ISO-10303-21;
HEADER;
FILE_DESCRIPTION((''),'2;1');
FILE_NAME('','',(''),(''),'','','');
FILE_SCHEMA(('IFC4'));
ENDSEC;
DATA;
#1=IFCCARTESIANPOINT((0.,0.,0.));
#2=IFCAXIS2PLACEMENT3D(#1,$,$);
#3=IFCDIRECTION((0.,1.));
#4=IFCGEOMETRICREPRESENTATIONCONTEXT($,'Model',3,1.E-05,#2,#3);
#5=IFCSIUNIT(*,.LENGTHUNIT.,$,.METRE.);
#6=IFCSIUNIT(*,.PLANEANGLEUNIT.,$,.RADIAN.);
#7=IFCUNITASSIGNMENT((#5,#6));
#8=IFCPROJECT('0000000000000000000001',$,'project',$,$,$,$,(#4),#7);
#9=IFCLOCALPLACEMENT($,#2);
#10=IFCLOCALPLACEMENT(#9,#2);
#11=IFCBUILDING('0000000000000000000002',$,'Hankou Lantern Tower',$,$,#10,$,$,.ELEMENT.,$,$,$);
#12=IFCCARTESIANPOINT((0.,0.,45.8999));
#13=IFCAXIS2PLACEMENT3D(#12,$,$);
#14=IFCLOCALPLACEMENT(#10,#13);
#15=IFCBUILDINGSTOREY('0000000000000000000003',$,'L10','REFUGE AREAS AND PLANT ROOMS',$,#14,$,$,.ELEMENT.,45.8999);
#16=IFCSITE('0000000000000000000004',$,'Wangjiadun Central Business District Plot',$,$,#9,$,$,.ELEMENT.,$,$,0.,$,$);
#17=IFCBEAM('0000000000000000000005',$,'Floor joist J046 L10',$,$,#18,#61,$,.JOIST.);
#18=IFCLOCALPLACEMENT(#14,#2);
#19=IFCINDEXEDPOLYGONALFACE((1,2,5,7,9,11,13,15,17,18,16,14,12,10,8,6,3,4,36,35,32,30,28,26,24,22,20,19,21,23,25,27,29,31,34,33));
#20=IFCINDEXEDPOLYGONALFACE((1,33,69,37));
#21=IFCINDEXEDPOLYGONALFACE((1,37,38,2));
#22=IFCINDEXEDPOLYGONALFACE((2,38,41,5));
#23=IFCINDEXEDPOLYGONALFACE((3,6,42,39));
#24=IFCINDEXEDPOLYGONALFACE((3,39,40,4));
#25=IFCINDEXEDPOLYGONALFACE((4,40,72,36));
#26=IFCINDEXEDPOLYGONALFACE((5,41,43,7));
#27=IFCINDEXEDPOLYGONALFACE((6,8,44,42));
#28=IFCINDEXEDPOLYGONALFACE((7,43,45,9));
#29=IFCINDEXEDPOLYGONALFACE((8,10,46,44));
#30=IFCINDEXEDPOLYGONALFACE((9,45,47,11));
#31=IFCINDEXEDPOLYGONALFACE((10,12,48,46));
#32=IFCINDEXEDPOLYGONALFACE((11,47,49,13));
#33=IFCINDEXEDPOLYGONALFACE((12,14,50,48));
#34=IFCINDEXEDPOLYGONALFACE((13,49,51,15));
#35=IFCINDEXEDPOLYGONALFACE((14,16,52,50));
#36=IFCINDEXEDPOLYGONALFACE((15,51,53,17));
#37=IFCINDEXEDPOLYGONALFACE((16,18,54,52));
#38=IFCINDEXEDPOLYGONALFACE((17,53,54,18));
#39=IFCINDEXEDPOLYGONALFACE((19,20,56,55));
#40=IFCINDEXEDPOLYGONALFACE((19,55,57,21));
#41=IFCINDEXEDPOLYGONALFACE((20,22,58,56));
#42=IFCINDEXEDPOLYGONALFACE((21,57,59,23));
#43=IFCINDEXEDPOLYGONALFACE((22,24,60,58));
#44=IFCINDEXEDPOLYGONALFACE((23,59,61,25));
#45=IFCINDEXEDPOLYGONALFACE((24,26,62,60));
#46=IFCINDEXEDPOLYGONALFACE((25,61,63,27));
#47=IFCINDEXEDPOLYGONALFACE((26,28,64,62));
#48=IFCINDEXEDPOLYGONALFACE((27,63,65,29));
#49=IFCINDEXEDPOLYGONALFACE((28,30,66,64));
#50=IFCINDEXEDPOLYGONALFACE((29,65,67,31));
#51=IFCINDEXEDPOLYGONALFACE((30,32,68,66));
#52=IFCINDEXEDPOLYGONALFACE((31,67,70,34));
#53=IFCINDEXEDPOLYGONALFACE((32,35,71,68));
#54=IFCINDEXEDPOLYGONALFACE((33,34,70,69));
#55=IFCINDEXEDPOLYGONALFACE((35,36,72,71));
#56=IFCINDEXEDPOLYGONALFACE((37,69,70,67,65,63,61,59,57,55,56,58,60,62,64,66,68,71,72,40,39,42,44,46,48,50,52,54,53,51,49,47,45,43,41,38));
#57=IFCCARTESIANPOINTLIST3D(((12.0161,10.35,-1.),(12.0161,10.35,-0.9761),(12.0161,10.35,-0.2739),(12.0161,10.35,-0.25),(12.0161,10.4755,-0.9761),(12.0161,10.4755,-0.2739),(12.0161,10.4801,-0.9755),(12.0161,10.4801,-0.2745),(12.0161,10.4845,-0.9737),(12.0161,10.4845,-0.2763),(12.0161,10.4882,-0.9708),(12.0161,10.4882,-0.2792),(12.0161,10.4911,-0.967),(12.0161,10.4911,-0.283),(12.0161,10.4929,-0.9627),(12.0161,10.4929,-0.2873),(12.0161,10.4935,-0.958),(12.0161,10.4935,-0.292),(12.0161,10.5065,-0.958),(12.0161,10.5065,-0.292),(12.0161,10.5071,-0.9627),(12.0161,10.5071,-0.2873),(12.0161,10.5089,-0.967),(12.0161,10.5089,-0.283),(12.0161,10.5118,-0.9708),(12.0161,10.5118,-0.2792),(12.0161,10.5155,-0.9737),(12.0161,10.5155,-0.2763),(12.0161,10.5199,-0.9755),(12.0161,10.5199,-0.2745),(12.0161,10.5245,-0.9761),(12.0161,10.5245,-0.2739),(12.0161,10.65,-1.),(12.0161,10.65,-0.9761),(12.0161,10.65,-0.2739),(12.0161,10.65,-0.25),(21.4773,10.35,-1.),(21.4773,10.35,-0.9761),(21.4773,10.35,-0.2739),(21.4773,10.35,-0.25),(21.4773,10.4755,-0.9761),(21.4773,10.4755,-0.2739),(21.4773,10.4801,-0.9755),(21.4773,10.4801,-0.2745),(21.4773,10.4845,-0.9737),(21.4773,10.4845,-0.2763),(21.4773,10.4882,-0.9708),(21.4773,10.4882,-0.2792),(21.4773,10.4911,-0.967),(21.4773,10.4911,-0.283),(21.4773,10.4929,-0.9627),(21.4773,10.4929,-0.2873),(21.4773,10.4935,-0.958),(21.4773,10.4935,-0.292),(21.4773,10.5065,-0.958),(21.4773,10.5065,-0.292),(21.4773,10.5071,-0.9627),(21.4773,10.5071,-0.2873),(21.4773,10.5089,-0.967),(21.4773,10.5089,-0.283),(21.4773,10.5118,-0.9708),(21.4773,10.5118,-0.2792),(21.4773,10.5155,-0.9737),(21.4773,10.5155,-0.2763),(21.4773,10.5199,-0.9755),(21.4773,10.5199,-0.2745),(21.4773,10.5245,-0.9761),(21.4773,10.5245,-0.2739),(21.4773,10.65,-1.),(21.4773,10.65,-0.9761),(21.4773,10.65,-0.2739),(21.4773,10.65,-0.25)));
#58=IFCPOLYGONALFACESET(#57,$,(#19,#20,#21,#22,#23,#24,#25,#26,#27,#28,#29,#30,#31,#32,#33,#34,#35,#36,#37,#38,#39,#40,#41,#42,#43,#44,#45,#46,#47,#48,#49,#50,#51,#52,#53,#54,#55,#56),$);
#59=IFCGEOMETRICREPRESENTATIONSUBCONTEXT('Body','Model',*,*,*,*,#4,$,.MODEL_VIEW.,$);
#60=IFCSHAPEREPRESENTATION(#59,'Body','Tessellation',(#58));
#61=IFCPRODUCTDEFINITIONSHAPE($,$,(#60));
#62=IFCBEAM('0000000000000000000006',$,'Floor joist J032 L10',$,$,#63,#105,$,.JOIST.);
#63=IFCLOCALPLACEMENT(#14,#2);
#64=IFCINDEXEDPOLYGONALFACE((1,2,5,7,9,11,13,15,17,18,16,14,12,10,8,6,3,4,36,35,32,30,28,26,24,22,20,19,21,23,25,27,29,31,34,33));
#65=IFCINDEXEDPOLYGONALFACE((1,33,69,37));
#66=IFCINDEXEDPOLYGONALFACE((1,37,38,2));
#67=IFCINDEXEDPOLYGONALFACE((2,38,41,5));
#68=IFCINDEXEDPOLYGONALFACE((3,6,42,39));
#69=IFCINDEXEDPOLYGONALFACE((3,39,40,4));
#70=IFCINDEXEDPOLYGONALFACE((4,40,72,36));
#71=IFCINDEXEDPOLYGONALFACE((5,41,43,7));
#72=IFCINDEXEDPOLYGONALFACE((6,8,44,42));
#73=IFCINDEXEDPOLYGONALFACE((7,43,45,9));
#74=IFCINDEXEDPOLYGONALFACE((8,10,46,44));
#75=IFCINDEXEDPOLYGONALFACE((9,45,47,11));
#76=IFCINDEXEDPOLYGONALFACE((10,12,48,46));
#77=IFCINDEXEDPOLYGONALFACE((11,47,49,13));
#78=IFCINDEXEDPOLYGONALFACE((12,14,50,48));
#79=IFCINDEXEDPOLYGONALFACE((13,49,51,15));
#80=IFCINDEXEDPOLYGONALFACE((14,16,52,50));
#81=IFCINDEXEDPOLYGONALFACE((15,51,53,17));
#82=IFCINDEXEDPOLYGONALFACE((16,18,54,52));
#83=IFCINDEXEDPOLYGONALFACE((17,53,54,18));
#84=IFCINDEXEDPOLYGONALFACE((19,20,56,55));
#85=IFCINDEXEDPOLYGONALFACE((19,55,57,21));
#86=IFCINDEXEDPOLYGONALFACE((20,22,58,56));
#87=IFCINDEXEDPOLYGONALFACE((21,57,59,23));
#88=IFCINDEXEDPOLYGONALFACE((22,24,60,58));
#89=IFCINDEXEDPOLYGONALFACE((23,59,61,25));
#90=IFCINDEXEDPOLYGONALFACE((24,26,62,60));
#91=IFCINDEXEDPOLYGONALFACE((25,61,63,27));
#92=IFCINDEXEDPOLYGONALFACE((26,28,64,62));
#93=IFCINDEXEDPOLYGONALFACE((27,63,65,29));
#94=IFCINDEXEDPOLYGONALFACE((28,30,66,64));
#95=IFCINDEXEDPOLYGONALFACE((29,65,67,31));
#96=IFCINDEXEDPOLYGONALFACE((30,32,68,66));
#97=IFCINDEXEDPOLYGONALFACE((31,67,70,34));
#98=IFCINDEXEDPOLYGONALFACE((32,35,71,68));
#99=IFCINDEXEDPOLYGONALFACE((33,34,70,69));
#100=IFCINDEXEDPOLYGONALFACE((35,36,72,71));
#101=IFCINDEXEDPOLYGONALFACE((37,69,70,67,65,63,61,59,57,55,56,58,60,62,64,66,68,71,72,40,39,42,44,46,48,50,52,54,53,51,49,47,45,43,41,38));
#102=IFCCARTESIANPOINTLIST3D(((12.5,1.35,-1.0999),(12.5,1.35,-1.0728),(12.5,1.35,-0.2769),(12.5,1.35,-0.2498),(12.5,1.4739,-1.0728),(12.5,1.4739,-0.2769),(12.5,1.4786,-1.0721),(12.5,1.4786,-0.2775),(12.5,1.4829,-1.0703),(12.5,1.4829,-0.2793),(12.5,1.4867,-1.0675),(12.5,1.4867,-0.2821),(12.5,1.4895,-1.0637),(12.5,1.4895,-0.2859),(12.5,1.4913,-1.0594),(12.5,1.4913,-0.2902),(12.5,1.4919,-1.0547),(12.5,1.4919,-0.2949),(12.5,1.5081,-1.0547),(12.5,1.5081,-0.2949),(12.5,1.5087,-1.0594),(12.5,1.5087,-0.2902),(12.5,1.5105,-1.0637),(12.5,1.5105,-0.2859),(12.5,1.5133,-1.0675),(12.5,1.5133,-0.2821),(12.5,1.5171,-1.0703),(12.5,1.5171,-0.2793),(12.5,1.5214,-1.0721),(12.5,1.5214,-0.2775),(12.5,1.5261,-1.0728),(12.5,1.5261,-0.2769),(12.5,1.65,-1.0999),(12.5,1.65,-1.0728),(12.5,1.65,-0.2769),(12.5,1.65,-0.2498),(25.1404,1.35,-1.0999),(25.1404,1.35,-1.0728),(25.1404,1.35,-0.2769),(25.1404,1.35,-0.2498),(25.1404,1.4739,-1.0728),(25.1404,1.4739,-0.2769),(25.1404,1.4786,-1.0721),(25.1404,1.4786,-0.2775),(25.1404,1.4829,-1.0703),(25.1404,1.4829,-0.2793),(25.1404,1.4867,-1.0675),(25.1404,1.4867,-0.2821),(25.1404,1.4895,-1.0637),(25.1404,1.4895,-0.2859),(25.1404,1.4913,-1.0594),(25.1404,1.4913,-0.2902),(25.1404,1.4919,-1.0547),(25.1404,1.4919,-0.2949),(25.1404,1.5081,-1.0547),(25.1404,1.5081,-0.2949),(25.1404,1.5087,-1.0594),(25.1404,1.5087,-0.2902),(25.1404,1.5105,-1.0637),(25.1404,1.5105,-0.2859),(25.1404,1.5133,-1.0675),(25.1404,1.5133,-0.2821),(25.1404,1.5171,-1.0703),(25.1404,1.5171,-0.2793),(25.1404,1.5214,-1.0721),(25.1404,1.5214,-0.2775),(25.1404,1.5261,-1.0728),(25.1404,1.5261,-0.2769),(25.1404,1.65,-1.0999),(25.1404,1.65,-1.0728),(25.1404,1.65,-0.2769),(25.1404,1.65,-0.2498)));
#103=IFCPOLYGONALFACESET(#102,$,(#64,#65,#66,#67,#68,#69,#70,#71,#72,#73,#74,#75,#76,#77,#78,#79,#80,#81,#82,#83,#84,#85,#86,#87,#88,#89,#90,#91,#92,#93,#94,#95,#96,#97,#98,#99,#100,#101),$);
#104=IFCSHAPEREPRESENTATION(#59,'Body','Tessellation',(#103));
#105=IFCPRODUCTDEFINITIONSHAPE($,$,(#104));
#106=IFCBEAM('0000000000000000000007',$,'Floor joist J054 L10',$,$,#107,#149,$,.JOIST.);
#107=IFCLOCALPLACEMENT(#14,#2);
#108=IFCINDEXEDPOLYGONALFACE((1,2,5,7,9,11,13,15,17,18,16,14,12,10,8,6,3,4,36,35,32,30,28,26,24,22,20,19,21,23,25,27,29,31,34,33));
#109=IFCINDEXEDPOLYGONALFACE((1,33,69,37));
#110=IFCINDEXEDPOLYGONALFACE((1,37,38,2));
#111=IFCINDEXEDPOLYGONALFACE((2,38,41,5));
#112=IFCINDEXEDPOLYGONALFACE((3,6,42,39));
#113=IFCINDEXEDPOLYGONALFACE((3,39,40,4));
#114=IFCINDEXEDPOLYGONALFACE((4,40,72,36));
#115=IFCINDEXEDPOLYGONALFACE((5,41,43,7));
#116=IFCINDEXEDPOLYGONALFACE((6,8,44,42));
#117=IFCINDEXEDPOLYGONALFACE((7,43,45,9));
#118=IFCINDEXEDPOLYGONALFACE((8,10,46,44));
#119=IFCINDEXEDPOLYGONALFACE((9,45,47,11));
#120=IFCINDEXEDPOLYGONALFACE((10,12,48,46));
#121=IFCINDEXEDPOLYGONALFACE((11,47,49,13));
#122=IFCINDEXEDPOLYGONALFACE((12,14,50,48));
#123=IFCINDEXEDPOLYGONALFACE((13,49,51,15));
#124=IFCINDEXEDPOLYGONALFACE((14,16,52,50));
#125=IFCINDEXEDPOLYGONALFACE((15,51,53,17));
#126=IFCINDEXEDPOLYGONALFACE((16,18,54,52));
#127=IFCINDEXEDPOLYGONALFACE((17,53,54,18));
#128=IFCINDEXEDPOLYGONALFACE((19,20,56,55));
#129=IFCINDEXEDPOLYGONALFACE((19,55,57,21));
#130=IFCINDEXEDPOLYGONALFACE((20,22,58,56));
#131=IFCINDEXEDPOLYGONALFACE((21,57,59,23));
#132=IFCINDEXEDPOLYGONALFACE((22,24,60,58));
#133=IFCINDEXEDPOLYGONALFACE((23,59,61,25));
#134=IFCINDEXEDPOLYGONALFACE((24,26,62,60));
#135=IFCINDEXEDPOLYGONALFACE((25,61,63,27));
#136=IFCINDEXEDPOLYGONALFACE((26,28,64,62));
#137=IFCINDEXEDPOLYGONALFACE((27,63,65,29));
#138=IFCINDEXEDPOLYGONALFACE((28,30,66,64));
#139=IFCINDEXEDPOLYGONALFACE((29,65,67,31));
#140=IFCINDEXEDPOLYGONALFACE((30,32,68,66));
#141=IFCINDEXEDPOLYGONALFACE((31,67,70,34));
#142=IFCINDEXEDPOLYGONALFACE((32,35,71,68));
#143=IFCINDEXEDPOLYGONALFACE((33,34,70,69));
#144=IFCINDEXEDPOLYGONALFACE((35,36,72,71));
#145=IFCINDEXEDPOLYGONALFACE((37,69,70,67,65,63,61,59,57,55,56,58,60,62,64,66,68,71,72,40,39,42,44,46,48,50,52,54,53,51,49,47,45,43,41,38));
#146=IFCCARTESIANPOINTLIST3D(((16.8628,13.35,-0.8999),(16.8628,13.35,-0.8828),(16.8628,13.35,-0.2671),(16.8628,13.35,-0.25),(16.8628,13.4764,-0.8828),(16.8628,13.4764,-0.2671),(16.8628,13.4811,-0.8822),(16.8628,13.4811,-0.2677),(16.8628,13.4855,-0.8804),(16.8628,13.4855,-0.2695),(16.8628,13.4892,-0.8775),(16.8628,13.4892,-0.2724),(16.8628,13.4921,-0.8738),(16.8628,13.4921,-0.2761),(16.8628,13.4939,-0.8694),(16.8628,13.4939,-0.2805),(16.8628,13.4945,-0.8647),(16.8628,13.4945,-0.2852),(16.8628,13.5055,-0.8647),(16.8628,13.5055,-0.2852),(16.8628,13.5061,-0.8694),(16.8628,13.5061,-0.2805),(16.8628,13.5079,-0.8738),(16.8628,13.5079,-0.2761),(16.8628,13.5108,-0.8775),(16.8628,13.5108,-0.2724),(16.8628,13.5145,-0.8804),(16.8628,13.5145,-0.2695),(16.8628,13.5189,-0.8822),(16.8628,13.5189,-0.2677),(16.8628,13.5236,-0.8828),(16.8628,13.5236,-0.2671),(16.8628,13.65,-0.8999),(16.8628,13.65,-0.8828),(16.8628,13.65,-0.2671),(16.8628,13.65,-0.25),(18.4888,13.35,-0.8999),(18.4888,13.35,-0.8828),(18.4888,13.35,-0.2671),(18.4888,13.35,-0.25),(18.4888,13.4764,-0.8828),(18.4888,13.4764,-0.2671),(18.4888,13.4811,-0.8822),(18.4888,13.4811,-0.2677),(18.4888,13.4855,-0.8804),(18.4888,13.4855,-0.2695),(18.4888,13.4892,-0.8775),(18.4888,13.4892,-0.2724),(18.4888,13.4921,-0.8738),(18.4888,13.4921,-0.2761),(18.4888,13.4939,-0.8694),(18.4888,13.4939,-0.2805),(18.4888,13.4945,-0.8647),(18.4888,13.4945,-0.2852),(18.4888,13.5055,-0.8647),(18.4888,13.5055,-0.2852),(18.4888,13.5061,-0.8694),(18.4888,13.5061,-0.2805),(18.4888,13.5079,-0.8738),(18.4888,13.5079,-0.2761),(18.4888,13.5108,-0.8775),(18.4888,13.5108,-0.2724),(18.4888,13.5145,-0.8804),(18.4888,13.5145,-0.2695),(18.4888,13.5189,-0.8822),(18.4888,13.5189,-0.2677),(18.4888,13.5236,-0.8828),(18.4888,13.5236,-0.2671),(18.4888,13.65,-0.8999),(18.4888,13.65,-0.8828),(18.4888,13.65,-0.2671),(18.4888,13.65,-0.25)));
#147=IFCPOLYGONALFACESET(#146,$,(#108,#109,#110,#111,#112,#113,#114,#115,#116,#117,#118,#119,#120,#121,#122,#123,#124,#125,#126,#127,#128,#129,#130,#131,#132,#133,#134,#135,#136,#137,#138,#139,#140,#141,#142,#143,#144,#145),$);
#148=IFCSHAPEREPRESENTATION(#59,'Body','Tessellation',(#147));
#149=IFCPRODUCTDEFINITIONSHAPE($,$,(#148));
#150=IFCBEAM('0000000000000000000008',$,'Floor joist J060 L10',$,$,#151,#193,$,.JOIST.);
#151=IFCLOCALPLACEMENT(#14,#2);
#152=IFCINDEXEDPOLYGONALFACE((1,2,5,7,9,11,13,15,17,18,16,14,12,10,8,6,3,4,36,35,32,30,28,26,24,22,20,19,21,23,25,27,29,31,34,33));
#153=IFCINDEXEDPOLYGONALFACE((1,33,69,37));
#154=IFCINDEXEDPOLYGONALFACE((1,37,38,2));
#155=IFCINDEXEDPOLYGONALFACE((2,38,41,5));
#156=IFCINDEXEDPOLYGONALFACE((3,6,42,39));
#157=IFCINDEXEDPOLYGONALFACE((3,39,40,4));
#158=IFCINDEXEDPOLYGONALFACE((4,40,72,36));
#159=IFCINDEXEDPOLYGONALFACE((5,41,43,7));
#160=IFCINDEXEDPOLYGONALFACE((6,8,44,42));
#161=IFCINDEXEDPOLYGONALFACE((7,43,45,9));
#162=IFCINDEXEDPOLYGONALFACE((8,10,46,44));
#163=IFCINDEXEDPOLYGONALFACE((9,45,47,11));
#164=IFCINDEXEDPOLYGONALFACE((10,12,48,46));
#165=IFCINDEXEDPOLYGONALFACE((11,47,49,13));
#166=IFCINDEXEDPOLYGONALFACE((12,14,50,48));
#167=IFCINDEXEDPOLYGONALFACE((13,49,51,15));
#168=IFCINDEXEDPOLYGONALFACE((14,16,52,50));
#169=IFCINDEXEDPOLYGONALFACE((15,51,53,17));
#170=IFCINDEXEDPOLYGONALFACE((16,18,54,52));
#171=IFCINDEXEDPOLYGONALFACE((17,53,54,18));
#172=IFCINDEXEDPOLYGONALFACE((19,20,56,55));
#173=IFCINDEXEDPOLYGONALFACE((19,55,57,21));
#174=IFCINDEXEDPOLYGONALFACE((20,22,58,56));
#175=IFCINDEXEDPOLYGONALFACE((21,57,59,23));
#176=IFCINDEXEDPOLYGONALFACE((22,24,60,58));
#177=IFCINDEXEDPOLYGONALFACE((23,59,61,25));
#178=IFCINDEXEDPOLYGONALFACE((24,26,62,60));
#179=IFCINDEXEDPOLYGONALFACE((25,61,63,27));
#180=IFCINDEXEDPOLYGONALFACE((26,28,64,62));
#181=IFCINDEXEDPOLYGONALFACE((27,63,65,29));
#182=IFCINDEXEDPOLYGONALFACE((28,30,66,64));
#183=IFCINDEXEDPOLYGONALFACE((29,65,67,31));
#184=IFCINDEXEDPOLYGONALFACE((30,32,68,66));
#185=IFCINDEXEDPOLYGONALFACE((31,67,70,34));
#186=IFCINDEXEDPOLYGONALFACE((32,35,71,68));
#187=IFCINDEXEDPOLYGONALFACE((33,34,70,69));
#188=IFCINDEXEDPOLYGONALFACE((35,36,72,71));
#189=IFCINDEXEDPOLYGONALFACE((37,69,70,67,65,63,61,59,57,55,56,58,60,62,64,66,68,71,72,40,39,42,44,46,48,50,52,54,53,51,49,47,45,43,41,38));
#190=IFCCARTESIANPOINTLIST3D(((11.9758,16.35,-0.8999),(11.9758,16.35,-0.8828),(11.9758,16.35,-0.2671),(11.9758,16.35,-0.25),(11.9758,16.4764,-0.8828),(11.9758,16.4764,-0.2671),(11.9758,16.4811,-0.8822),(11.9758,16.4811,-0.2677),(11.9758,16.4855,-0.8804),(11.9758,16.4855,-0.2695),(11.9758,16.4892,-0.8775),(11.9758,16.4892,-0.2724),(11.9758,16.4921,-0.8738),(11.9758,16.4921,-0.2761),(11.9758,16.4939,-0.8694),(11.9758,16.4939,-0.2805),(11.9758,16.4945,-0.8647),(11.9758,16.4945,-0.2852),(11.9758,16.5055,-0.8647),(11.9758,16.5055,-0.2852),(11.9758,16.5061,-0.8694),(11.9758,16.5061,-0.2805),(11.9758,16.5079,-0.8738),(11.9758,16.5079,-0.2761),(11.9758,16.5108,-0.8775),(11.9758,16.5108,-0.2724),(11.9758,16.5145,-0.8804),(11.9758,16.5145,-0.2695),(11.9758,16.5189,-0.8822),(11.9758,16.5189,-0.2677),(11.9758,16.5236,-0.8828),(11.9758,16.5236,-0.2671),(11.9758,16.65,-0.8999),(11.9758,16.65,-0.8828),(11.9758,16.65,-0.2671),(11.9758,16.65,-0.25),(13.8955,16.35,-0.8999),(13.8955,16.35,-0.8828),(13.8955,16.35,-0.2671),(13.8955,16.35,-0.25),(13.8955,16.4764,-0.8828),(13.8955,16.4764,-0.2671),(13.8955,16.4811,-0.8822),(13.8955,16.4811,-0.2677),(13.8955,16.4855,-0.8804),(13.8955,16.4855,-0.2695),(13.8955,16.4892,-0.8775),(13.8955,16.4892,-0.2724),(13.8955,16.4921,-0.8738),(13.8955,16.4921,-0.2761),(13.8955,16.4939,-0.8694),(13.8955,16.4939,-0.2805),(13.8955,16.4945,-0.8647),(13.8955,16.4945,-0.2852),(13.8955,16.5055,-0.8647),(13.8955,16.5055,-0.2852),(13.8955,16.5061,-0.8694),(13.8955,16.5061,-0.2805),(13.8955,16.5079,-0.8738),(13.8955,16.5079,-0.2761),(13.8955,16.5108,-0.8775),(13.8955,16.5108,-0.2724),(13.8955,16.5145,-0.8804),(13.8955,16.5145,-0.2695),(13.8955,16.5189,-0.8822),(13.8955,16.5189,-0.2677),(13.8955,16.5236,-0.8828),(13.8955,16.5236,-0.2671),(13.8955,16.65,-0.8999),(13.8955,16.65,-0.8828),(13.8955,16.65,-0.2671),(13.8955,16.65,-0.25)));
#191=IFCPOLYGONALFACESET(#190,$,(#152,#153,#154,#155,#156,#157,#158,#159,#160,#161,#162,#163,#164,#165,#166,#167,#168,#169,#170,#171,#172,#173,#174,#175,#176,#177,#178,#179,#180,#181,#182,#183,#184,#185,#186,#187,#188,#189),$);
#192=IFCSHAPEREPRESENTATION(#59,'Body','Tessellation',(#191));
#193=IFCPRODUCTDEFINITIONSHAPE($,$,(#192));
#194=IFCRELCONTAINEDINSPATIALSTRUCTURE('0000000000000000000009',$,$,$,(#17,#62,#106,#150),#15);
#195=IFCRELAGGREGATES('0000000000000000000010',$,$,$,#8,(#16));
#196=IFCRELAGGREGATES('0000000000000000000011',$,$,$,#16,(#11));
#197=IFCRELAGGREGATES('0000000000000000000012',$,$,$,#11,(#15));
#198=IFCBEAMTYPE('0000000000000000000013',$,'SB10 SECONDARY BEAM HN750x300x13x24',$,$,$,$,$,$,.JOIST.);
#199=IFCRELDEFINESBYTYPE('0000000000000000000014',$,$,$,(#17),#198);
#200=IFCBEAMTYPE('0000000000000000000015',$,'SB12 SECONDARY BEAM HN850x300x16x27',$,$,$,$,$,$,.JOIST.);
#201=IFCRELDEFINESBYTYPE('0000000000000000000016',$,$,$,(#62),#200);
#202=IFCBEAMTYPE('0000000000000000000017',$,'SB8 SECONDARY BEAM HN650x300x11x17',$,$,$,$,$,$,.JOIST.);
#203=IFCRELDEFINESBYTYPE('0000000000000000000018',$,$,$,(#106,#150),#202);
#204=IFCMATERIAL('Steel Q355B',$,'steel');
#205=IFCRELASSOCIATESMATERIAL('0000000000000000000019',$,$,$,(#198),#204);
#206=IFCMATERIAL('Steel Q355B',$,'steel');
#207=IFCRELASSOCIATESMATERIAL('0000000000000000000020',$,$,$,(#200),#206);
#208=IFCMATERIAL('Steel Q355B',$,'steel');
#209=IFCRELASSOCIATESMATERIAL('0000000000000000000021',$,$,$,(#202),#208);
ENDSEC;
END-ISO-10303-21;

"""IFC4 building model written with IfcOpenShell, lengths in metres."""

from ifc_helpers import new_model, si_unit, direction, frame, origin, origin_2d, place, context, subcontext, project, spatial, i_section, extrude, material, material_profile, profile_set, type_object, element, save


model = new_model("IFC4")

# Units and contexts
model_context = context("Model", 3, precision=1e-05, world=origin(), true_north=direction((0.0, 1.0)))
body_context = subcontext(model_context, "Body", "Model", "MODEL_VIEW")
ifc_project = project(units=[si_unit("LENGTHUNIT", "METRE"), si_unit("PLANEANGLEUNIT", "RADIAN")], contexts=[model_context])

# Site, building, storey
site_placement = place(None, origin())
site = spatial("IfcSite", under=ifc_project, at=site_placement, Name="Wangjiadun Central Business District Plot", CompositionType="ELEMENT", RefElevation=0.0)
building_placement = place(site_placement, origin())
building = spatial("IfcBuilding", under=site, at=building_placement, Name="Hankou Lantern Tower", CompositionType="ELEMENT")
storey_placement = place(building_placement, frame((0.0, 0.0, 45.8999)))
storey = spatial("IfcBuildingStorey", under=building, at=storey_placement, Name="L10", Description="REFUGE AREAS AND PLANT ROOMS", CompositionType="ELEMENT", Elevation=45.8999)

# Beams
ifc_material_1 = material(Name="Steel Q355B", Category="steel")
ifc_material_profile_1 = material_profile(ifc_material_1, i_section(OverallWidth=0.3, OverallDepth=0.75, WebThickness=0.0129, FlangeThickness=0.0239, FilletRadius=0.0181, at=origin_2d()), Name="HN750x300x13x24")
ifc_profile_set_1 = profile_set([ifc_material_profile_1], Name="Steel Q355B")
beam_type_1 = type_object("IfcBeamType", Name="SB10 SECONDARY BEAM HN750x300x13x24", PredefinedType="JOIST", material=ifc_profile_set_1)
beam_1_placement = place(storey_placement, frame((12.0161, 10.5, -0.625), z_axis=(1.0, 0.0, 0.0), x_axis=(0.0, 1.0, 0.0)))
element("IfcBeam", 1, at=beam_1_placement, inside=storey, type_object=beam_type_1, Name="Floor joist J046 L10", PredefinedType="JOIST", context=body_context, shape_type="SweptSolid", body=[
    extrude(i_section(OverallWidth=0.3, OverallDepth=0.75, WebThickness=0.0129, FlangeThickness=0.0239, FilletRadius=0.0181, at=origin_2d()), origin(), (0.0, 0.0, 1.0), 9.4612),
])
ifc_material_2 = material(Name="Steel Q355B", Category="steel")
ifc_material_profile_2 = material_profile(ifc_material_2, i_section(OverallWidth=0.3, OverallDepth=0.8501, WebThickness=0.0161, FlangeThickness=0.0271, FilletRadius=0.0181, at=origin_2d()), Name="HN850x300x16x27")
ifc_profile_set_2 = profile_set([ifc_material_profile_2], Name="Steel Q355B")
beam_type_2 = type_object("IfcBeamType", Name="SB12 SECONDARY BEAM HN850x300x16x27", PredefinedType="JOIST", material=ifc_profile_set_2)
beam_2_placement = place(storey_placement, frame((12.5, 1.5, -0.6748), z_axis=(1.0, 0.0, 0.0), x_axis=(0.0, 1.0, 0.0)))
element("IfcBeam", 2, at=beam_2_placement, inside=storey, type_object=beam_type_2, Name="Floor joist J032 L10", PredefinedType="JOIST", context=body_context, shape_type="SweptSolid", body=[
    extrude(i_section(OverallWidth=0.3, OverallDepth=0.8501, WebThickness=0.0161, FlangeThickness=0.0271, FilletRadius=0.0181, at=origin_2d()), origin(), (0.0, 0.0, 1.0), 12.6404),
])
ifc_material_3 = material(Name="Steel Q355B", Category="steel")
ifc_material_profile_3 = material_profile(ifc_material_3, i_section(OverallWidth=0.3, OverallDepth=0.6499, WebThickness=0.011, FlangeThickness=0.0171, FilletRadius=0.0181, at=origin_2d()), Name="HN650x300x11x17")
ifc_profile_set_3 = profile_set([ifc_material_profile_3], Name="Steel Q355B")
beam_type_3 = type_object("IfcBeamType", Name="SB8 SECONDARY BEAM HN650x300x11x17", PredefinedType="JOIST", material=ifc_profile_set_3)
beam_3_placement = place(storey_placement, frame((16.8628, 13.5, -0.575), z_axis=(1.0, 0.0, 0.0), x_axis=(0.0, 1.0, 0.0)))
element("IfcBeam", 3, at=beam_3_placement, inside=storey, type_object=beam_type_3, Name="Floor joist J054 L10", PredefinedType="JOIST", context=body_context, shape_type="SweptSolid", body=[
    extrude(i_section(OverallWidth=0.3, OverallDepth=0.6499, WebThickness=0.011, FlangeThickness=0.0171, FilletRadius=0.0181, at=origin_2d()), origin(), (0.0, 0.0, 1.0), 1.626),
])
beam_4_placement = place(storey_placement, frame((11.9758, 16.5, -0.575), z_axis=(1.0, 0.0, 0.0), x_axis=(0.0, 1.0, 0.0)))
element("IfcBeam", 4, at=beam_4_placement, inside=storey, type_object=beam_type_3, Name="Floor joist J060 L10", PredefinedType="JOIST", context=body_context, shape_type="SweptSolid", body=[
    extrude(i_section(OverallWidth=0.3, OverallDepth=0.6499, WebThickness=0.011, FlangeThickness=0.0171, FilletRadius=0.0181, at=origin_2d()), origin(), (0.0, 0.0, 1.0), 1.9197),
])

save(model, "model.ifc")
